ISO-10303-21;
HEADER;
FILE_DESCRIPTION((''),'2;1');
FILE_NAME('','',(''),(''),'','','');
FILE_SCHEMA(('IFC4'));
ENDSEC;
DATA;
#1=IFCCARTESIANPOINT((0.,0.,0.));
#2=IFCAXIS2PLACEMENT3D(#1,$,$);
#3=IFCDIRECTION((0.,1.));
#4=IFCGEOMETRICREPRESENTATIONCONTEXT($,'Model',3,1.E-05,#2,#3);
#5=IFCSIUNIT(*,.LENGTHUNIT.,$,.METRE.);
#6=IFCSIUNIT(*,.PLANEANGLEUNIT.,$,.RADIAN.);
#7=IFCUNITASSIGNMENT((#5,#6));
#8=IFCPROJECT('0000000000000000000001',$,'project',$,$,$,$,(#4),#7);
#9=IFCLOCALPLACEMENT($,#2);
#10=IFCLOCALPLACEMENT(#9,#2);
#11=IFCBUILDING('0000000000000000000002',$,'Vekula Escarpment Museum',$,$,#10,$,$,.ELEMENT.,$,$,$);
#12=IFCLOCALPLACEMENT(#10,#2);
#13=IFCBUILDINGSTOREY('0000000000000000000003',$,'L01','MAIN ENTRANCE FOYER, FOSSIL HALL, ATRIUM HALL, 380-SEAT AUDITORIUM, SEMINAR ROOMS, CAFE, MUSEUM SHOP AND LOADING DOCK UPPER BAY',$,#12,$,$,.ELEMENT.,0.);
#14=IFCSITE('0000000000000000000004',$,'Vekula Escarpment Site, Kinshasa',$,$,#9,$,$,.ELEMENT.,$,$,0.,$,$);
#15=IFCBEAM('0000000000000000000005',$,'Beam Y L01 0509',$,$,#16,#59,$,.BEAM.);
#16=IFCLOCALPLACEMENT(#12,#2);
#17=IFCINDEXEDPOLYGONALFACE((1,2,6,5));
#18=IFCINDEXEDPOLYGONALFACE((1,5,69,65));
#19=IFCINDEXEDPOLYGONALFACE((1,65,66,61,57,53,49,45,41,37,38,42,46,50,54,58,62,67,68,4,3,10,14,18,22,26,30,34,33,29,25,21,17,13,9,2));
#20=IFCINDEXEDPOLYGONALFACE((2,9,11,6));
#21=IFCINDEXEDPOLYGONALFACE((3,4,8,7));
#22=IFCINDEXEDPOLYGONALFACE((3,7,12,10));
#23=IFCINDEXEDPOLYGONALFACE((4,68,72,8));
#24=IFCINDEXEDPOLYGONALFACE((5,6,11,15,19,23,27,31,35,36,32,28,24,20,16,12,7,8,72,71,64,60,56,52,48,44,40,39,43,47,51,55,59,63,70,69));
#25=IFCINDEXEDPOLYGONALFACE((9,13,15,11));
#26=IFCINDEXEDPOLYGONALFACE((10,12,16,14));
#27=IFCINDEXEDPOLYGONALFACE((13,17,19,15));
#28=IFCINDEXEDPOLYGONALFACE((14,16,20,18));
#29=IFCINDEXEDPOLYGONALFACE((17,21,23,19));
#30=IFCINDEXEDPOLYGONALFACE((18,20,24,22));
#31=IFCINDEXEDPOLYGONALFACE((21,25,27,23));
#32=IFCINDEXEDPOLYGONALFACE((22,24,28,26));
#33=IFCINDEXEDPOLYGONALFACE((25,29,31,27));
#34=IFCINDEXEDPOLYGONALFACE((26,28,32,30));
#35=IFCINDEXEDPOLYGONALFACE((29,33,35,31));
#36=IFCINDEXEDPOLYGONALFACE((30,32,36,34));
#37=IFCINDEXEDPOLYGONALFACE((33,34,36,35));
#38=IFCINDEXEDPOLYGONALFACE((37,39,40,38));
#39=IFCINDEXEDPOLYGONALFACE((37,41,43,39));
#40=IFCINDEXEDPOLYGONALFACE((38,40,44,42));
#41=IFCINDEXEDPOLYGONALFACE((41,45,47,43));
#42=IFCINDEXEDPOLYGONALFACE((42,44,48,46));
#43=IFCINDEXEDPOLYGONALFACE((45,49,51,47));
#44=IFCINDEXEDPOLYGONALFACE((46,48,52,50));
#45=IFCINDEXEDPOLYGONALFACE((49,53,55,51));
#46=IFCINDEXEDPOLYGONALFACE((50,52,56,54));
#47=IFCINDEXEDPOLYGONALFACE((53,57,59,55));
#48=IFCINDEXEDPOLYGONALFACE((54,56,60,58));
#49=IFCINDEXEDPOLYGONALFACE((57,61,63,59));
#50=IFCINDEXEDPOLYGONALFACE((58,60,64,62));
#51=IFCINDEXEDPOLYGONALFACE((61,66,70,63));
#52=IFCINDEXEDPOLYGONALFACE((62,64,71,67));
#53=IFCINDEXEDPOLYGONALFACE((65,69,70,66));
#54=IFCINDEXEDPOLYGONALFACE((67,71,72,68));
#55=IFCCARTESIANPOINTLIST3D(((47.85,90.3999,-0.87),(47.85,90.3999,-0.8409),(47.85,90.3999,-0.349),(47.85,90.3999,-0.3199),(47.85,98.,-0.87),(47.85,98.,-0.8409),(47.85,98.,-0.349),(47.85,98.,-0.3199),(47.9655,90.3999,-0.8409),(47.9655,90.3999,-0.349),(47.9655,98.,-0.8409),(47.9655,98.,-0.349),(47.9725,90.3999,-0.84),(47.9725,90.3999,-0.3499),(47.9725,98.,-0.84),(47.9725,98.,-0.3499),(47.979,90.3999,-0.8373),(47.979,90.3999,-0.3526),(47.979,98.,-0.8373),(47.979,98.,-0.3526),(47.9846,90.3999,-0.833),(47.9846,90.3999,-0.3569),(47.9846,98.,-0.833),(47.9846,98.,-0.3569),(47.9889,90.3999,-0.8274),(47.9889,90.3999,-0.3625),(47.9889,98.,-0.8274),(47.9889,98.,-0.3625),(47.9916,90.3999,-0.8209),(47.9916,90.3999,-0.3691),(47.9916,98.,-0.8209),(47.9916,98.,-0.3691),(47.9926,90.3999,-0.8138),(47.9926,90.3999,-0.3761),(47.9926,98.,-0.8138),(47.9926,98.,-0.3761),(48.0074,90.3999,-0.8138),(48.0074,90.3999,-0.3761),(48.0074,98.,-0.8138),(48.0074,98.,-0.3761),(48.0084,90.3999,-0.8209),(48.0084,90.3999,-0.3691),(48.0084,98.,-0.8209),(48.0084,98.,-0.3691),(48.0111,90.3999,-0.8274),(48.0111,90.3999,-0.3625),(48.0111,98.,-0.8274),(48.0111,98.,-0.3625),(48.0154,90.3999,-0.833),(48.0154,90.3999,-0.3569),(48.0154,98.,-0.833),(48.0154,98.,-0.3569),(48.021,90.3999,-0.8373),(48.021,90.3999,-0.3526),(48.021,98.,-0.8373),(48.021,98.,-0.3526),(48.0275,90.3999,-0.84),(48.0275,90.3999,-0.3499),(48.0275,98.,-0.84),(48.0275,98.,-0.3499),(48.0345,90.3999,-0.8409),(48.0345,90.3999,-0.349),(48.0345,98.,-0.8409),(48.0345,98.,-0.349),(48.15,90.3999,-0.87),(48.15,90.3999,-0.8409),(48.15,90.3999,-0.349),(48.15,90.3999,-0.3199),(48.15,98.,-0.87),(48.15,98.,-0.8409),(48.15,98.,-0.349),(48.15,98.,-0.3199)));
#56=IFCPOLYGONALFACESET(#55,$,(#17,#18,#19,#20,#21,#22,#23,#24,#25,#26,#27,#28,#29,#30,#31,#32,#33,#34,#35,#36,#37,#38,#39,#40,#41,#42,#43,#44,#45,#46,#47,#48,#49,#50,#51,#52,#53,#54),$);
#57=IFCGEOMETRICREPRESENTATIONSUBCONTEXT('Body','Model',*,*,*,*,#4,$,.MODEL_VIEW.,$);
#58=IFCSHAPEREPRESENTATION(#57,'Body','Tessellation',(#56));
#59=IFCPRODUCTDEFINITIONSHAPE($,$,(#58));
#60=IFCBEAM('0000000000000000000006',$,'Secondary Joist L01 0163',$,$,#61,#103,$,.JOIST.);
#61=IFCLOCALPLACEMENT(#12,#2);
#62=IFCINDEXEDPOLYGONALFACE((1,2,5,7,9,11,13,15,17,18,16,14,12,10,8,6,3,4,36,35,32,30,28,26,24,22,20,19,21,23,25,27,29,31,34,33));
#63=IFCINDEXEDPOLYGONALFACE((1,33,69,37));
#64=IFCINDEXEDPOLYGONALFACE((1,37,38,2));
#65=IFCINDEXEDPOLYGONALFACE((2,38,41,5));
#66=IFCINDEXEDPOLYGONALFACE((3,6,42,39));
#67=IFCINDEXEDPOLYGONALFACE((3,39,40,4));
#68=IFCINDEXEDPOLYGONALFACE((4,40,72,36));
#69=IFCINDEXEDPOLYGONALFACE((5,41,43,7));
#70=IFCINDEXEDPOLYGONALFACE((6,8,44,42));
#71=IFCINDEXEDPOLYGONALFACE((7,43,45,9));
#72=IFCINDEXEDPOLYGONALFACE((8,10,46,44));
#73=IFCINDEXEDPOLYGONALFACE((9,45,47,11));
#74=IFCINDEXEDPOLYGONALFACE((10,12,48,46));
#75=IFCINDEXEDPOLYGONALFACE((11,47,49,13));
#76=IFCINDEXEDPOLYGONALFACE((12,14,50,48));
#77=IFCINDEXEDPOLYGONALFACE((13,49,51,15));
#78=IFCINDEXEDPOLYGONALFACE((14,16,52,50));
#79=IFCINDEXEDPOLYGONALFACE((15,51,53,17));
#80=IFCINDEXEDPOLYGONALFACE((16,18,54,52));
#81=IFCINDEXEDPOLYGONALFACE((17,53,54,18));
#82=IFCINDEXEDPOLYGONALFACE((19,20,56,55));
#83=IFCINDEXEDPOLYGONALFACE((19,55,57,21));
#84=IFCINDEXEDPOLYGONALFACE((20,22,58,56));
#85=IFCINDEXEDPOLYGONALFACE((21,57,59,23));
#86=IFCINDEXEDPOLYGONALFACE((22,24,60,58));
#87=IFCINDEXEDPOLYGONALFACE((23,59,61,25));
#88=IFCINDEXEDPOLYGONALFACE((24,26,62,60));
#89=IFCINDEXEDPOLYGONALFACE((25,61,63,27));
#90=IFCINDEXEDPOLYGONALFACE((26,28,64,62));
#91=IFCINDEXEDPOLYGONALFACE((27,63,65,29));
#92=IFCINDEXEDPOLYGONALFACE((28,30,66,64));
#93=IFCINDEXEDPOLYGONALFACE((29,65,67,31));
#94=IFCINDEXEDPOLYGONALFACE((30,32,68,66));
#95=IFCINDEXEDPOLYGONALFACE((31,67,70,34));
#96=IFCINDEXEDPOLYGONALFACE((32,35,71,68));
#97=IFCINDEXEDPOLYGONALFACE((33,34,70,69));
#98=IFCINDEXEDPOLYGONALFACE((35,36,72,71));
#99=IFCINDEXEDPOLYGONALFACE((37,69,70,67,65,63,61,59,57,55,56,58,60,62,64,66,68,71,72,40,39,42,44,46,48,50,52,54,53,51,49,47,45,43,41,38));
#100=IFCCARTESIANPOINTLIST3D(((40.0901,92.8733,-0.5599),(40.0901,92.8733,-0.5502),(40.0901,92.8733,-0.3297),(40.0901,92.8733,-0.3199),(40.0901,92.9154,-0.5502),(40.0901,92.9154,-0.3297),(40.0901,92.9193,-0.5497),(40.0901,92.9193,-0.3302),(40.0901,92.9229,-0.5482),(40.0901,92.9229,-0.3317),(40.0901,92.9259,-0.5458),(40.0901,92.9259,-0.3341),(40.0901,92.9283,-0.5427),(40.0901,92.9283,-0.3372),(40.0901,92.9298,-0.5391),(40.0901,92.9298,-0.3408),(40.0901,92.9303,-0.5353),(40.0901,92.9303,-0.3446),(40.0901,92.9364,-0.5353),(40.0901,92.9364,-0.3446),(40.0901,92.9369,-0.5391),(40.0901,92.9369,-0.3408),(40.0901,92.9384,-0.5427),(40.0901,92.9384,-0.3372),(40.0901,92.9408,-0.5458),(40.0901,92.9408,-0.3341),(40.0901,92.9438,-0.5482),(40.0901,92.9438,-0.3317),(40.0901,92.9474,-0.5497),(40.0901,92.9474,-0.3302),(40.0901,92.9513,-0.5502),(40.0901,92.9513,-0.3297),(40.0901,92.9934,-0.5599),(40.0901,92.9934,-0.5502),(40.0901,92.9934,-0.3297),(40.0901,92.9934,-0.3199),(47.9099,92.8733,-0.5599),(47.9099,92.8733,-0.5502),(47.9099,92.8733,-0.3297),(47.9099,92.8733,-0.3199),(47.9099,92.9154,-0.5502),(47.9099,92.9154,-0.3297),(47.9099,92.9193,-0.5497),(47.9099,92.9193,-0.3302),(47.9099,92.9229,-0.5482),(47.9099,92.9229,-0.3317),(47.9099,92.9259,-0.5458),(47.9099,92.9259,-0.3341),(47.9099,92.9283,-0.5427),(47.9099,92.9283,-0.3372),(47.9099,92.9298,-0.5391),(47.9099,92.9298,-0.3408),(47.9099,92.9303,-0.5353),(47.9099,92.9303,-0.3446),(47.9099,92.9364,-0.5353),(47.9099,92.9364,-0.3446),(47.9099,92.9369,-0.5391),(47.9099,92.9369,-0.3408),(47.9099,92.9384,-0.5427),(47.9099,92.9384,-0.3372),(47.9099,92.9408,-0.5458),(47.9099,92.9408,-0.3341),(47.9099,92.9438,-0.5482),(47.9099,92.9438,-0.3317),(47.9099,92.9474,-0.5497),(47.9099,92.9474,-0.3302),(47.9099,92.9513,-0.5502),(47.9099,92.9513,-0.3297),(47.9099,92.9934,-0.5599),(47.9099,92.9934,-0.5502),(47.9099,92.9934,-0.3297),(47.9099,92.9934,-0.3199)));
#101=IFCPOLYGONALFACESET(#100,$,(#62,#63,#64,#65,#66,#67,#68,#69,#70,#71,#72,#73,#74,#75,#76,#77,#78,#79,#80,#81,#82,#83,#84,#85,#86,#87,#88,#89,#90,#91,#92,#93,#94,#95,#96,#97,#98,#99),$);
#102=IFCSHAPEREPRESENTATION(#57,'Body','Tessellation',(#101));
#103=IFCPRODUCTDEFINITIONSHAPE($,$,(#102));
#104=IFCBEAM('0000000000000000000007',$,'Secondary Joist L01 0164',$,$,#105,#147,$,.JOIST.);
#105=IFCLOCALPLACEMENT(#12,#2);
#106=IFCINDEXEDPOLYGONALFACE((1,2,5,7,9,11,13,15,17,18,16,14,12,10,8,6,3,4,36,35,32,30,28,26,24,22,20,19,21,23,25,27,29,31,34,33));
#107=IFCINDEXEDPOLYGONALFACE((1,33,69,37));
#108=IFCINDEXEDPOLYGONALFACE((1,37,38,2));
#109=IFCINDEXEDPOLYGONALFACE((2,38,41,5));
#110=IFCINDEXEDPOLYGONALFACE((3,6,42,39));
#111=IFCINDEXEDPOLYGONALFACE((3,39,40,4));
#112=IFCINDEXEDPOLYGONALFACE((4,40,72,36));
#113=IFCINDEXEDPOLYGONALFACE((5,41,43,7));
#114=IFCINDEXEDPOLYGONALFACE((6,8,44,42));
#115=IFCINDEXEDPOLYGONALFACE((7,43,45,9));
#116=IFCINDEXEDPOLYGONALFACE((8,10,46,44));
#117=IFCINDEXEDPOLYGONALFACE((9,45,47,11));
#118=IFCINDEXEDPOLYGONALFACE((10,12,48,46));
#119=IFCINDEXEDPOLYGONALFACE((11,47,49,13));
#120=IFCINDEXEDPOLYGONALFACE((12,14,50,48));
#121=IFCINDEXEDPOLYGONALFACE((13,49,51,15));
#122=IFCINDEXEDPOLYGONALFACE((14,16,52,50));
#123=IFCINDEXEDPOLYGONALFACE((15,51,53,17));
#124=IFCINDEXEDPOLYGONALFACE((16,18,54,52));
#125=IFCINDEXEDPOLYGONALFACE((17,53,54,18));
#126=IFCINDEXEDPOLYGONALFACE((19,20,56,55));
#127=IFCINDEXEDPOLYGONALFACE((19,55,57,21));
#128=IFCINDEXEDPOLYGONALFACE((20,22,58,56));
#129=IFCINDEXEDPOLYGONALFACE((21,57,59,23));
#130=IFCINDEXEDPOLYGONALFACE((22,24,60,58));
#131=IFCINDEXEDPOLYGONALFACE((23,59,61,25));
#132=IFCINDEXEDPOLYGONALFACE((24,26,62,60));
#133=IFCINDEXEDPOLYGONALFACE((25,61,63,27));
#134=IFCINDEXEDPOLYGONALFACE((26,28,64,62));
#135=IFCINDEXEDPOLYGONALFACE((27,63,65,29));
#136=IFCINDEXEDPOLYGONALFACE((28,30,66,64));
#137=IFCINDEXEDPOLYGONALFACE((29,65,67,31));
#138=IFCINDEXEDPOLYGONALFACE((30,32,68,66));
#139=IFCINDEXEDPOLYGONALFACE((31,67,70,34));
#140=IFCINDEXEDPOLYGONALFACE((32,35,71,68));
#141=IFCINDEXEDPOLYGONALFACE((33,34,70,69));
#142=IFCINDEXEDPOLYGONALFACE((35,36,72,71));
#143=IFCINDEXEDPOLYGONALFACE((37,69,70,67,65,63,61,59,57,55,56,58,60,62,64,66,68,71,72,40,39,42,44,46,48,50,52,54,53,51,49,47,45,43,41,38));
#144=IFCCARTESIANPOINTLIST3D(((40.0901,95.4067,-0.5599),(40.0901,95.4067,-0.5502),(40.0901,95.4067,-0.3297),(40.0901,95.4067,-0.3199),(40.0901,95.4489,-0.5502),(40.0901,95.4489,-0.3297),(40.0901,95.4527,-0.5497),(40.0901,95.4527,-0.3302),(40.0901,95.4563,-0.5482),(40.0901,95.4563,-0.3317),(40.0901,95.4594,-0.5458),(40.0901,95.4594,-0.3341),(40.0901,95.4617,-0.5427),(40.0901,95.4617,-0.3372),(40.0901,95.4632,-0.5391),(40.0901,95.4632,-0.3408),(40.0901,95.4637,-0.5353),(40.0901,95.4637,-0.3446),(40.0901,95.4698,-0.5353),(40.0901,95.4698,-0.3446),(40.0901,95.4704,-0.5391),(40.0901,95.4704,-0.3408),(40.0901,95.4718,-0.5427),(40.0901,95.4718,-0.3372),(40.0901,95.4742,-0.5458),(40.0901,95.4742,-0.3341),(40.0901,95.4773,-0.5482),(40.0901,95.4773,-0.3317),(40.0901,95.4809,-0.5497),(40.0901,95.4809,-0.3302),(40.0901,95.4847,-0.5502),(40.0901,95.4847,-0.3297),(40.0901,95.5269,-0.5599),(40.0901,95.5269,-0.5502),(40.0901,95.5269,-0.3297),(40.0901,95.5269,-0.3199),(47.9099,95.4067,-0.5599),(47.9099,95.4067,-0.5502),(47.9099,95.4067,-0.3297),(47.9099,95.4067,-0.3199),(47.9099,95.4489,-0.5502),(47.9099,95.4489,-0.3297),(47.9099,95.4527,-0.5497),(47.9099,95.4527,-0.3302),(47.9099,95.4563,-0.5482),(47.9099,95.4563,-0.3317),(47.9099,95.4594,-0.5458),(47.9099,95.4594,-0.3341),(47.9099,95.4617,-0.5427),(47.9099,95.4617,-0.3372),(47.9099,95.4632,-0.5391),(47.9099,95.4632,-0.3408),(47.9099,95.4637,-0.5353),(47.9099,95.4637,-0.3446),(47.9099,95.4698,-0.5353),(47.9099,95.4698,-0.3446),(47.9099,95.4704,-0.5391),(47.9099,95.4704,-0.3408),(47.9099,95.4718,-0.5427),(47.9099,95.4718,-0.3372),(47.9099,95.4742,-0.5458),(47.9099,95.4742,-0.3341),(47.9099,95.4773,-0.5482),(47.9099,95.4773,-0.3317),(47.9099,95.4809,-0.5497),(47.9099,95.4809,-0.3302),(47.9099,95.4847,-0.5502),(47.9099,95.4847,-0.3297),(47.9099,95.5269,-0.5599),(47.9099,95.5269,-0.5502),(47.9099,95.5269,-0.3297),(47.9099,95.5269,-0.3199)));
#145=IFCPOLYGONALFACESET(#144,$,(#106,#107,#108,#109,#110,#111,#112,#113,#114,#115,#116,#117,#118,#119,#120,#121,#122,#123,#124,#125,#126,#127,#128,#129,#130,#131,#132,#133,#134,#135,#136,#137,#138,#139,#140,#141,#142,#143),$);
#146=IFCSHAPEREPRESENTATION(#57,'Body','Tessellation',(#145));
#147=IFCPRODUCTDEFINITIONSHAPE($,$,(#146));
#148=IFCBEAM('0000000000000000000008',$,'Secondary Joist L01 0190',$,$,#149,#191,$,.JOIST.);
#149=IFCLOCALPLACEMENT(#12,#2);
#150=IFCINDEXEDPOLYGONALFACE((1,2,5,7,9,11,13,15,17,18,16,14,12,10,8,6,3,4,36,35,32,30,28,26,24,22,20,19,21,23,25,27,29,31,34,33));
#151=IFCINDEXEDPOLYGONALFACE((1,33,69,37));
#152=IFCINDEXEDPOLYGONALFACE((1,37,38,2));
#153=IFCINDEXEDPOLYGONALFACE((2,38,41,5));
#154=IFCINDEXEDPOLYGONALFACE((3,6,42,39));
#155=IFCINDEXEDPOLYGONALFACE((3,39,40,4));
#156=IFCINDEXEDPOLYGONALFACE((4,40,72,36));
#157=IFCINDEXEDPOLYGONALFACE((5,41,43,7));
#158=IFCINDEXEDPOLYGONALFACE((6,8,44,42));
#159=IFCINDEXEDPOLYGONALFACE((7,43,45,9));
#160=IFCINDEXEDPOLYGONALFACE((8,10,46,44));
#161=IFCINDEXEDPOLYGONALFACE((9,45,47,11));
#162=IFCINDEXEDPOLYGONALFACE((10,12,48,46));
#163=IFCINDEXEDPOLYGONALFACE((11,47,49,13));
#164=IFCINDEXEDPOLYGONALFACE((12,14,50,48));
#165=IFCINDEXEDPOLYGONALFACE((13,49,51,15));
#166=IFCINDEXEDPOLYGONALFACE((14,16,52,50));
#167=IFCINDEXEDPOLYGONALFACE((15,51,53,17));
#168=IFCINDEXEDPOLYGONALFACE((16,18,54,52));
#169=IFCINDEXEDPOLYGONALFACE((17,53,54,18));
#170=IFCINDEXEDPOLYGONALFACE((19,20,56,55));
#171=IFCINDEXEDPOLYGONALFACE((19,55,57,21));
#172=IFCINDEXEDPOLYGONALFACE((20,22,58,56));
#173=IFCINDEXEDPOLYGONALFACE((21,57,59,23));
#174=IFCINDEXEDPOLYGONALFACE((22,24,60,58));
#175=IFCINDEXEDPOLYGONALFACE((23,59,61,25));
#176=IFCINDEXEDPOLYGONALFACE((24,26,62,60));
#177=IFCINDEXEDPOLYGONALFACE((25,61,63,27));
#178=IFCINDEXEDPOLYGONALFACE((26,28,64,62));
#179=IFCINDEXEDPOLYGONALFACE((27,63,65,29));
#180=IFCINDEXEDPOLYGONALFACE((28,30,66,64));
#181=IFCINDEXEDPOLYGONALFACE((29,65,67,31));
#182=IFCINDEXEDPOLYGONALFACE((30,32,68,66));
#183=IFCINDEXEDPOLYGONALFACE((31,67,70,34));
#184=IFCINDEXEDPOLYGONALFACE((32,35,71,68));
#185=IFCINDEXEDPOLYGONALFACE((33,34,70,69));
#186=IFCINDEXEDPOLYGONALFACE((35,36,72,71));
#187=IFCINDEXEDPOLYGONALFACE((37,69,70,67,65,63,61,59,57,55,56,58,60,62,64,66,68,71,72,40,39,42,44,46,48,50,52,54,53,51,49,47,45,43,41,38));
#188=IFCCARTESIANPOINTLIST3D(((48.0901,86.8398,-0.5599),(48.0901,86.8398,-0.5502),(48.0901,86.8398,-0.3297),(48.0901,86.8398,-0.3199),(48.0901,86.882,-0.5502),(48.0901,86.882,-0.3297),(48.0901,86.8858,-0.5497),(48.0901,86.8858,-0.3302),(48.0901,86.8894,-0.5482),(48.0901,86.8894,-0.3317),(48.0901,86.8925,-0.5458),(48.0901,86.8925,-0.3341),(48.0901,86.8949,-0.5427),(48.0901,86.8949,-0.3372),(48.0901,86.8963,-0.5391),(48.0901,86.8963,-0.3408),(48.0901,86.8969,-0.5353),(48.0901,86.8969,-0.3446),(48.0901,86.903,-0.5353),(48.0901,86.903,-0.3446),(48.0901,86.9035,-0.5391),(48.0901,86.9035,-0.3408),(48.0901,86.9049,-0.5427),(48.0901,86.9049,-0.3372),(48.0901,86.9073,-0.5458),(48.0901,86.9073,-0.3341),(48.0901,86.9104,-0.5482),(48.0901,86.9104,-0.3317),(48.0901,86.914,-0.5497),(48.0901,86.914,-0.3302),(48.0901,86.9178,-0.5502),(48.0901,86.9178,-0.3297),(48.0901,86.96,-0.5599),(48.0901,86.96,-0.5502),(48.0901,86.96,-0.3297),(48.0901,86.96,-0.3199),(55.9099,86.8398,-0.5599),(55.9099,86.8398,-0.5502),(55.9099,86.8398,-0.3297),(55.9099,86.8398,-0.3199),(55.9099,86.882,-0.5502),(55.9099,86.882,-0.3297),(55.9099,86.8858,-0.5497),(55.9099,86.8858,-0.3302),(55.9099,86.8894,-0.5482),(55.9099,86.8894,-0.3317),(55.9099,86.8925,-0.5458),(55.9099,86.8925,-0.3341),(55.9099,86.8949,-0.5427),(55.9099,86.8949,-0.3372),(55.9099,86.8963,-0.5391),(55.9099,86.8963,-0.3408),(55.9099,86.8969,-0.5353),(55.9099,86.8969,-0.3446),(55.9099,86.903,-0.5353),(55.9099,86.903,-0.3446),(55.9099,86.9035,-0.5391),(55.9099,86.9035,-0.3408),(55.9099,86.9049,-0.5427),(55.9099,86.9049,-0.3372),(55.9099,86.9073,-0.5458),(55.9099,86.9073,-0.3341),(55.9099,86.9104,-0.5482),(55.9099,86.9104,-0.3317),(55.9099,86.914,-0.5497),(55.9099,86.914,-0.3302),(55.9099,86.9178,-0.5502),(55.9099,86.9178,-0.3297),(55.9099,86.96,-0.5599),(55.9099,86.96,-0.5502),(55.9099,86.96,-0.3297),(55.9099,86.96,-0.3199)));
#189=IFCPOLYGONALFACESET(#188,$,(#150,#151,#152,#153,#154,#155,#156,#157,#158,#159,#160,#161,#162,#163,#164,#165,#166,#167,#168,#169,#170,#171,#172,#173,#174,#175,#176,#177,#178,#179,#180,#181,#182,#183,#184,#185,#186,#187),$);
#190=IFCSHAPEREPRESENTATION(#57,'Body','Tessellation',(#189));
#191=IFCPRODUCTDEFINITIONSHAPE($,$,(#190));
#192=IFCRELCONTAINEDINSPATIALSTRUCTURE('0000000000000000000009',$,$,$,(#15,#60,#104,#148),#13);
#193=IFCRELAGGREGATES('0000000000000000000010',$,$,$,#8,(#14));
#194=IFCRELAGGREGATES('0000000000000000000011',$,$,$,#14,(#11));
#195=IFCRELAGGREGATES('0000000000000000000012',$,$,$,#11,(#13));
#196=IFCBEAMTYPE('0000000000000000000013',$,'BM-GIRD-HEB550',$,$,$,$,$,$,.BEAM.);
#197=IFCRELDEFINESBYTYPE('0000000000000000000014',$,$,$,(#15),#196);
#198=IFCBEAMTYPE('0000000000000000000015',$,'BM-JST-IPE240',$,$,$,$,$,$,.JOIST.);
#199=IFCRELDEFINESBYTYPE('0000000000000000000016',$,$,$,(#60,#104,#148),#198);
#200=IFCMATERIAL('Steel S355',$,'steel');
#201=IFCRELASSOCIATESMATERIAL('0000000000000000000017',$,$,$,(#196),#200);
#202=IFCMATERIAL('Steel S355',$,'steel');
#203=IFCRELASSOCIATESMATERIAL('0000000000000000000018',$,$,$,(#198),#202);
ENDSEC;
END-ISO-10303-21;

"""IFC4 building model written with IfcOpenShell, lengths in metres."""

from ifc_helpers import new_model, si_unit, direction, frame, origin, origin_2d, place, context, subcontext, project, spatial, i_section, extrude, material, material_profile, profile_set, type_object, element, save


model = new_model("IFC4")

# Units and contexts
model_context = context("Model", 3, precision=1e-05, world=origin(), true_north=direction((0.0, 1.0)))
body_context = subcontext(model_context, "Body", "Model", "MODEL_VIEW")
ifc_project = project(units=[si_unit("LENGTHUNIT", "METRE"), si_unit("PLANEANGLEUNIT", "RADIAN")], contexts=[model_context])

# Site, building, storey
site_placement = place(None, origin())
site = spatial("IfcSite", under=ifc_project, at=site_placement, Name="Vekula Escarpment Site, Kinshasa", CompositionType="ELEMENT", RefElevation=0.0)
building_placement = place(site_placement, origin())
building = spatial("IfcBuilding", under=site, at=building_placement, Name="Vekula Escarpment Museum", CompositionType="ELEMENT")
storey_placement = place(building_placement, origin())
storey = spatial("IfcBuildingStorey", under=building, at=storey_placement, Name="L01", Description="MAIN ENTRANCE FOYER, FOSSIL HALL, ATRIUM HALL, 380-SEAT AUDITORIUM, SEMINAR ROOMS, CAFE, MUSEUM SHOP AND LOADING DOCK UPPER BAY", CompositionType="ELEMENT", Elevation=0.0)

# Beams
ifc_material_1 = material(Name="Steel S355", Category="steel")
ifc_material_profile_1 = material_profile(ifc_material_1, i_section(OverallWidth=0.3, OverallDepth=0.55, WebThickness=0.0149, FlangeThickness=0.0291, FilletRadius=0.0271, at=origin_2d()), Name="HEB 550")
ifc_profile_set_1 = profile_set([ifc_material_profile_1], Name="Steel S355")
beam_type_1 = type_object("IfcBeamType", Name="BM-GIRD-HEB550", PredefinedType="BEAM", material=ifc_profile_set_1)
for number, where, z_axis, x_axis, name in (
    (1, (48.0, 90.3999, -0.595), (0.0, 1.0, 0.0), (-1.0, 0.0, 0.0), "Beam Y L01 0509"),
):
    element("IfcBeam", number, at=place(storey_placement, frame(where, z_axis=z_axis, x_axis=x_axis)), inside=storey, type_object=beam_type_1, Name=name, PredefinedType="BEAM", context=body_context, shape_type="SweptSolid", body=[
        extrude(i_section(OverallWidth=0.3, OverallDepth=0.55, WebThickness=0.0149, FlangeThickness=0.0291, FilletRadius=0.0271, at=origin_2d()), origin(), (0.0, 0.0, 1.0), 7.6001),
    ])
ifc_material_2 = material(Name="Steel S355", Category="steel")
ifc_material_profile_2 = material_profile(ifc_material_2, i_section(OverallWidth=0.1201, OverallDepth=0.24, WebThickness=0.0061, FlangeThickness=0.0098, FilletRadius=0.0149, at=origin_2d()), Name="IPE 240")
ifc_profile_set_2 = profile_set([ifc_material_profile_2], Name="Steel S355")
beam_type_2 = type_object("IfcBeamType", Name="BM-JST-IPE240", PredefinedType="JOIST", material=ifc_profile_set_2)
for number, where, z_axis, x_axis, name in (
    (2, (40.0901, 92.9333, -0.4399), (1.0, 0.0, 0.0), (0.0, 1.0, 0.0), "Secondary Joist L01 0163"),
    (3, (40.0901, 95.4668, -0.4399), (1.0, 0.0, 0.0), (0.0, 1.0, 0.0), "Secondary Joist L01 0164"),
    (4, (48.0901, 86.8999, -0.4399), (1.0, 0.0, 0.0), (0.0, 1.0, 0.0), "Secondary Joist L01 0190"),
):
    element("IfcBeam", number, at=place(storey_placement, frame(where, z_axis=z_axis, x_axis=x_axis)), inside=storey, type_object=beam_type_2, Name=name, PredefinedType="JOIST", context=body_context, shape_type="SweptSolid", body=[
        extrude(i_section(OverallWidth=0.1201, OverallDepth=0.24, WebThickness=0.0061, FlangeThickness=0.0098, FilletRadius=0.0149, at=origin_2d()), origin(), (0.0, 0.0, 1.0), 7.8198),
    ])

save(model, "model.ifc")
